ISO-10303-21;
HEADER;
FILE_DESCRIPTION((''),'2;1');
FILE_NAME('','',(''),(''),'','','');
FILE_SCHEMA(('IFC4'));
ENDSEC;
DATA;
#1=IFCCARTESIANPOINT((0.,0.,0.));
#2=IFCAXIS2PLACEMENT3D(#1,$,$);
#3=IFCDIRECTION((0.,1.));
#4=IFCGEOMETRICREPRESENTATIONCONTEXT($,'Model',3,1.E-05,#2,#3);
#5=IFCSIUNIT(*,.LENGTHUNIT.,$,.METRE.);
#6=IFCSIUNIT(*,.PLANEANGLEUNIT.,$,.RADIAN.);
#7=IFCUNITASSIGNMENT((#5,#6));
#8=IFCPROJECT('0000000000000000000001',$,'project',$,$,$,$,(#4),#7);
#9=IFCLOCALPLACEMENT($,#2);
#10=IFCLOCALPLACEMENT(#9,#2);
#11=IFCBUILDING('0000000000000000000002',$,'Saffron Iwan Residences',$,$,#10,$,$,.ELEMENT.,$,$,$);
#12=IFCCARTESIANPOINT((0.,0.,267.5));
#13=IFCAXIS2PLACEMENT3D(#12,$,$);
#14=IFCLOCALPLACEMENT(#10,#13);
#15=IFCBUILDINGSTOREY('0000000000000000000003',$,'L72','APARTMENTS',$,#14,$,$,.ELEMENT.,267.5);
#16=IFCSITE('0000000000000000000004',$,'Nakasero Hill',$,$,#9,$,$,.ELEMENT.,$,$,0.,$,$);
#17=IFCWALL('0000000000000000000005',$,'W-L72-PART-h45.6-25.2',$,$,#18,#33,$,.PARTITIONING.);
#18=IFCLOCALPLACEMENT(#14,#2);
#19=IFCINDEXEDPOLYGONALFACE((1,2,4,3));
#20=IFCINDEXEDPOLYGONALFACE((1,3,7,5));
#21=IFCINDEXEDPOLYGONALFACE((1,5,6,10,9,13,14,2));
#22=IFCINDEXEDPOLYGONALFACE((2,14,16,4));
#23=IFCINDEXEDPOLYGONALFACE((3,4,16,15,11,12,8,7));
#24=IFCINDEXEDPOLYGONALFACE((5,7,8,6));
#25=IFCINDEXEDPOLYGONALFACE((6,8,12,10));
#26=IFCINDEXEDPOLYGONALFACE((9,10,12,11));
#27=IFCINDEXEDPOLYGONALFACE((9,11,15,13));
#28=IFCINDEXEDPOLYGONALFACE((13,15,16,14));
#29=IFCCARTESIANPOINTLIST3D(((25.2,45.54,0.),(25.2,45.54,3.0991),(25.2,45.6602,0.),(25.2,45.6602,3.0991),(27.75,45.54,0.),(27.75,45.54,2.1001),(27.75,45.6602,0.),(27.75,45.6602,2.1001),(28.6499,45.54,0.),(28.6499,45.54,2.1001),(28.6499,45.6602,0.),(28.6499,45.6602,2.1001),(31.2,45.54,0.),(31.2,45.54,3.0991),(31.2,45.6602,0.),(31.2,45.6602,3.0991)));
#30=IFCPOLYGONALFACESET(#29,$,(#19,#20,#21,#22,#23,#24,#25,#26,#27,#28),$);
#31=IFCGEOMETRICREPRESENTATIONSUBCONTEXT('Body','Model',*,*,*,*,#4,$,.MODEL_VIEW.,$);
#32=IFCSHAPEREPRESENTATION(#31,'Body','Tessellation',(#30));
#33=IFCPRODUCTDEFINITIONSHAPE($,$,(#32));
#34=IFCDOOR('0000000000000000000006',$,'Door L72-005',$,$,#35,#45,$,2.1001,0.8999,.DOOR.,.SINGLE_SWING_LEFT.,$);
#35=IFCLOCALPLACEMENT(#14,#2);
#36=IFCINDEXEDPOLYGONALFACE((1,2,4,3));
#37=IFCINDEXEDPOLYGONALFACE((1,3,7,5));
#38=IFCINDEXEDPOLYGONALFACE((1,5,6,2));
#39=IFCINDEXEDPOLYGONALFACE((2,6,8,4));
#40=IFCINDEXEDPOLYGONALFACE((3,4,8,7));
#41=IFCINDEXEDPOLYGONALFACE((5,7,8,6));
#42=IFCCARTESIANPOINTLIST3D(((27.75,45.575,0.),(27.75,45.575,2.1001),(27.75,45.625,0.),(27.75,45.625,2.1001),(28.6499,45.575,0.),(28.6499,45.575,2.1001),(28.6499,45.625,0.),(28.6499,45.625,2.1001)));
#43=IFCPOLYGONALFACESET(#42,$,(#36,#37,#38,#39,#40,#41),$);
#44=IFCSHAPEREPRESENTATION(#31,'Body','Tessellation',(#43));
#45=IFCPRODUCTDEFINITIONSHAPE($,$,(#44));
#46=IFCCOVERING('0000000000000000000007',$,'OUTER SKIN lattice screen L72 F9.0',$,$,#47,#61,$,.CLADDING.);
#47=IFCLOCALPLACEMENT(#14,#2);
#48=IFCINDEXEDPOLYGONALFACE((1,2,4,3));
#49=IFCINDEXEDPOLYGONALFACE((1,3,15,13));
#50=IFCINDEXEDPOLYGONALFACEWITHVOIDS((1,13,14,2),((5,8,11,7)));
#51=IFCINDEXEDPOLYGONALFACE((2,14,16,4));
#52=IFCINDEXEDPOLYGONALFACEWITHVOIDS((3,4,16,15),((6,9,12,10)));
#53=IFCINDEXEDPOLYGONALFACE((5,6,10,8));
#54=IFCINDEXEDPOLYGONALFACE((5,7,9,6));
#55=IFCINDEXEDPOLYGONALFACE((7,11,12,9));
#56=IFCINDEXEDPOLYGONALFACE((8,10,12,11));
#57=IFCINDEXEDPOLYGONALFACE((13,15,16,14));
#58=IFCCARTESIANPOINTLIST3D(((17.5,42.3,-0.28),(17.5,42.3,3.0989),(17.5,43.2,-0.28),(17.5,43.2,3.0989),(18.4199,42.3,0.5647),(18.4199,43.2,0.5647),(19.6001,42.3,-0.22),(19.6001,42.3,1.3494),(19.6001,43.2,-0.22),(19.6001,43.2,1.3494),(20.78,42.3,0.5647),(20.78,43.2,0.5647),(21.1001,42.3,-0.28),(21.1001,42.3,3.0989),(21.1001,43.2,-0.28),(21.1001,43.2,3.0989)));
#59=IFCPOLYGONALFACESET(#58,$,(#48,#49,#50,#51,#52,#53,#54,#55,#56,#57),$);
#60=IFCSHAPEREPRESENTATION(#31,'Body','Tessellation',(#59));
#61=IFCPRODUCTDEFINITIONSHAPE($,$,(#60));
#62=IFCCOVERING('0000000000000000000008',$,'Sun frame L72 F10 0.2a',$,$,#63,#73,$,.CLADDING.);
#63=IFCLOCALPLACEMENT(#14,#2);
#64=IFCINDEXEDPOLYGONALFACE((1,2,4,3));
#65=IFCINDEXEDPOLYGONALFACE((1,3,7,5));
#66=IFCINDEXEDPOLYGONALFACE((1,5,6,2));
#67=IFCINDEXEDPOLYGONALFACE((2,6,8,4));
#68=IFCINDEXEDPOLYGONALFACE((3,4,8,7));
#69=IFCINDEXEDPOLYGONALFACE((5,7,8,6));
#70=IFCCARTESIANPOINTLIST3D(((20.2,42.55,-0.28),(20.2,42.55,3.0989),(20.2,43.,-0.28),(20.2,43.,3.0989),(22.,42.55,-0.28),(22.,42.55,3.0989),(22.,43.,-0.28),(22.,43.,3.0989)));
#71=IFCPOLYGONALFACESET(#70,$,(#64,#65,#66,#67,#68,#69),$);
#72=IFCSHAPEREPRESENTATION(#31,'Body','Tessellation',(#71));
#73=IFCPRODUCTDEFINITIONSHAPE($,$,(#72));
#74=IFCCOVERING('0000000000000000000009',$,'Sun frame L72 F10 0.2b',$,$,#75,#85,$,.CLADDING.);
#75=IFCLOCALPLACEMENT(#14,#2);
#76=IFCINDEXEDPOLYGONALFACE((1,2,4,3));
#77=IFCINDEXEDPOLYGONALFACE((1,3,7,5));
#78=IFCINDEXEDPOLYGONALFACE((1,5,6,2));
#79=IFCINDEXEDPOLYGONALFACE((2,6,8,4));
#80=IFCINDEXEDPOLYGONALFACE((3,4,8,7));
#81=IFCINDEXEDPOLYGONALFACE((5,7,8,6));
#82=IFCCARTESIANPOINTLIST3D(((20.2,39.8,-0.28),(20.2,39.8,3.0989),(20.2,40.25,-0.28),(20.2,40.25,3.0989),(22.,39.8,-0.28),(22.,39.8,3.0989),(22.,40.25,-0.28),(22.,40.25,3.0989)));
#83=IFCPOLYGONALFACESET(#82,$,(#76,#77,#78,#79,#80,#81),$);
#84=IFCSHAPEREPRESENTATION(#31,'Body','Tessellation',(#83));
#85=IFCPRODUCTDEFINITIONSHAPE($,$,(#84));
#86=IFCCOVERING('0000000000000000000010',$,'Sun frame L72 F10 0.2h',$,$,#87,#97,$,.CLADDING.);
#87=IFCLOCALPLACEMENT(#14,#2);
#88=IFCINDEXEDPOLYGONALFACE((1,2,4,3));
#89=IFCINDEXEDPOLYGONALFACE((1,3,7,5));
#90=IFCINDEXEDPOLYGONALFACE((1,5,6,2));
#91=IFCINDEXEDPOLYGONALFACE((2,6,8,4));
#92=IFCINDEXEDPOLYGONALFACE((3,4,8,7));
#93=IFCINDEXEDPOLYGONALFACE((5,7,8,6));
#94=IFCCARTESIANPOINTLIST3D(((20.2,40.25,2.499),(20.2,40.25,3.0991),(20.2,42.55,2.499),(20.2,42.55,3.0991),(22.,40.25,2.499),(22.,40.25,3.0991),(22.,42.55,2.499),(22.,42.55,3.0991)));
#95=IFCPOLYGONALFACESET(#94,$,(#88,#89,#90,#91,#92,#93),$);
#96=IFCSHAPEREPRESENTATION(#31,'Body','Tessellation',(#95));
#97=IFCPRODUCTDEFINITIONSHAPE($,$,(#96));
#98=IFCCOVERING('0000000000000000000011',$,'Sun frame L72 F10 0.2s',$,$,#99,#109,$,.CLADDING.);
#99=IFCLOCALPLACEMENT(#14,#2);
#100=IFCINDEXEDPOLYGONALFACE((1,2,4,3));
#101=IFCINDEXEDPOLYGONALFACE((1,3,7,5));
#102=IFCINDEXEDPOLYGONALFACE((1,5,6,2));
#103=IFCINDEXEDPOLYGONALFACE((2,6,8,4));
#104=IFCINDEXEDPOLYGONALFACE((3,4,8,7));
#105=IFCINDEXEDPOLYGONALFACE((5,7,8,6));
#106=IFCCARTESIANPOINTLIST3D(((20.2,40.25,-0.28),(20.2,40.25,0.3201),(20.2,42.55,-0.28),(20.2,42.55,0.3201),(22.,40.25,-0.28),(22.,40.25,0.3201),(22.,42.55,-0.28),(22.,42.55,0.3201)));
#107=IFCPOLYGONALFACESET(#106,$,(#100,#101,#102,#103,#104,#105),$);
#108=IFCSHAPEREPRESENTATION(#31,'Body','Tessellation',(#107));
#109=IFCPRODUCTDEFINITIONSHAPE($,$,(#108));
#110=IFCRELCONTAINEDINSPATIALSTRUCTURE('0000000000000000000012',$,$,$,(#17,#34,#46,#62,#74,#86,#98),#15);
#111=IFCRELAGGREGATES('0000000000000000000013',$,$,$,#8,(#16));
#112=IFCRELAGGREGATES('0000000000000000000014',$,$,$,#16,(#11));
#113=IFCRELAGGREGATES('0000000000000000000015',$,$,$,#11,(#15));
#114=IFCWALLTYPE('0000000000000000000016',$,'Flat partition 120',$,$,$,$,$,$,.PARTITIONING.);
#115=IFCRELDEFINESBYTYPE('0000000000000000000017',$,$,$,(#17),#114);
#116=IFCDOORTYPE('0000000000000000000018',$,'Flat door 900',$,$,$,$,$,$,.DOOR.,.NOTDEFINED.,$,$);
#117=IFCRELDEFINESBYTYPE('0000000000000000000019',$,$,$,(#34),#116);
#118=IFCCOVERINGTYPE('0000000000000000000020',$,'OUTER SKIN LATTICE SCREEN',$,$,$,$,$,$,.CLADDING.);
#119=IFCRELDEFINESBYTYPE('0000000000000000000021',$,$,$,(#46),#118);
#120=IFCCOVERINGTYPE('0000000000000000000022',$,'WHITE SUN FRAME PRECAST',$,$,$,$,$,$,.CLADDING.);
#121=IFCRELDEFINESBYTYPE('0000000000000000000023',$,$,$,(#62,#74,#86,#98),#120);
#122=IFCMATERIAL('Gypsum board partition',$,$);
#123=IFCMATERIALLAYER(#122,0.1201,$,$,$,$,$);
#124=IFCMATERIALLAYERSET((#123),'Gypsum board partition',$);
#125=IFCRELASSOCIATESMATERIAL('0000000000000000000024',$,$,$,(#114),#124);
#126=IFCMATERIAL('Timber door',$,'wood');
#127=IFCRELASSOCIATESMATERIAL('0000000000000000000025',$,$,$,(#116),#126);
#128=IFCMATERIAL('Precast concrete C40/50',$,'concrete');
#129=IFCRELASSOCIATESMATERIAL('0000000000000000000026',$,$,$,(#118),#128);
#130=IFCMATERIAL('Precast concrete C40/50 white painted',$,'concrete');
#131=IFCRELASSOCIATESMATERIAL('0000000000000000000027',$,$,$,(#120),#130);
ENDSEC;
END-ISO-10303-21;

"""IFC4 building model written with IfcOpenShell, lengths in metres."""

from ifc_helpers import new_model, si_unit, direction, frame, frame_2d, origin, place, context, subcontext, project, spatial, polyline, rectangle, outline, extrude, material, layer, layer_set, type_object, element, fill, save


model = new_model("IFC4")

# Units and contexts
model_context = context("Model", 3, precision=1e-05, world=origin(), true_north=direction((0.0, 1.0)))
body_context = subcontext(model_context, "Body", "Model", "MODEL_VIEW")
ifc_project = project(units=[si_unit("LENGTHUNIT", "METRE"), si_unit("PLANEANGLEUNIT", "RADIAN")], contexts=[model_context])

# Site, building, storey
site_placement = place(None, origin())
site = spatial("IfcSite", under=ifc_project, at=site_placement, Name="Nakasero Hill", CompositionType="ELEMENT", RefElevation=0.0)
building_placement = place(site_placement, origin())
building = spatial("IfcBuilding", under=site, at=building_placement, Name="Saffron Iwan Residences", CompositionType="ELEMENT")
storey_placement = place(building_placement, frame((0.0, 0.0, 267.5)))
storey = spatial("IfcBuildingStorey", under=building, at=storey_placement, Name="L72", Description="APARTMENTS", CompositionType="ELEMENT", Elevation=267.5)

# Shared definitions
ifc_material_1 = material(Name="Gypsum board partition")
ifc_layer_1 = layer(ifc_material_1, 0.1201)
ifc_layer_set_1 = layer_set([ifc_layer_1], Name="Gypsum board partition")
wall_type_1 = type_object("IfcWallType", Name="Flat partition 120", PredefinedType="PARTITIONING", material=ifc_layer_set_1)
ifc_material_2 = material(Name="Timber door", Category="wood")
door_type = type_object("IfcDoorType", Name="Flat door 900", OperationType="NOTDEFINED", PredefinedType="DOOR", material=ifc_material_2)

# Wall, opening, door
wall_1_placement = place(storey_placement, frame((25.2, 45.6001, 0.0), z_axis=(0.0, 0.0, 1.0), x_axis=(1.0, 0.0, 0.0)))
wall_1 = element("IfcWall", 1, at=wall_1_placement, inside=storey, type_object=wall_type_1, Name="W-L72-PART-h45.6-25.2", PredefinedType="PARTITIONING", context=body_context, shape_type="SweptSolid", body=[
    extrude(rectangle(XDim=6.0, YDim=0.1201, at=frame_2d((3.0, 0.0))), origin(), (0.0, 0.0, 1.0), 3.0991),
])
opening_1_placement = place(wall_1_placement, frame((2.55, 0.0, 0.0)))
opening_1 = element("IfcOpeningElement", 2, at=opening_1_placement, cuts=wall_1, PredefinedType="OPENING", context=body_context, shape_type="SweptSolid", body=[
    extrude(rectangle(XDim=0.8999, YDim=2.1001, at=frame_2d((0.45, 1.05))), frame((0.0, 0.0701, 0.0), z_axis=(0.0, -1.0, 0.0), x_axis=(1.0, 0.0, 0.0)), (0.0, 0.0, 1.0), 0.1401),
])
door_1_placement = place(opening_1_placement, origin())
door_1 = element("IfcDoor", 3, at=door_1_placement, inside=storey, type_object=door_type, Name="Door L72-005", OperationType="SINGLE_SWING_LEFT", OverallHeight=2.1001, OverallWidth=0.8999, PredefinedType="DOOR", context=body_context, shape_type="SweptSolid", body=[
    extrude(rectangle(XDim=0.8999, YDim=2.1001, at=frame_2d((0.45, 1.05))), frame((0.0, 0.0249, 0.0), z_axis=(0.0, -1.0, 0.0), x_axis=(1.0, 0.0, 0.0)), (0.0, 0.0, 1.0), 0.05),
])
fill(opening_1, door_1)

# Coverings
ifc_material_3 = material(Name="Precast concrete C40/50", Category="concrete")
covering_type_1 = type_object("IfcCoveringType", Name="OUTER SKIN LATTICE SCREEN", PredefinedType="CLADDING", material=ifc_material_3)
covering_placement = place(storey_placement, frame((17.5, 43.2, -0.28), z_axis=(0.0, -1.0, 0.0), x_axis=(1.0, 0.0, 0.0)))
element("IfcCovering", 4, at=covering_placement, inside=storey, type_object=covering_type_1, Name="OUTER SKIN lattice screen L72 F9.0", PredefinedType="CLADDING", context=body_context, shape_type="SweptSolid", body=[
    extrude(outline(polyline([(0.0, 0.0), (3.6001, 0.0), (3.6001, 3.3789), (0.0, 3.3789), (0.0, 0.0)]), holes=[polyline([(0.9199, 0.8447), (2.1001, 0.0601), (3.28, 0.8447), (2.1001, 1.6294), (0.9199, 0.8447)])]), origin(), (0.0, 0.0, 1.0), 0.8999),
])
ifc_material_4 = material(Name="Precast concrete C40/50 white painted", Category="concrete")
covering_type_2 = type_object("IfcCoveringType", Name="WHITE SUN FRAME PRECAST", PredefinedType="CLADDING", material=ifc_material_4)
for number, where, z_axis, x_axis, name in (
    (5, (22.0, 43.0, -0.28), (-1.0, 0.0, 0.0), (0.0, -1.0, 0.0), "Sun frame L72 F10 0.2a"),
    (6, (22.0, 40.25, -0.28), (-1.0, 0.0, 0.0), (0.0, -1.0, 0.0), "Sun frame L72 F10 0.2b"),
):
    element("IfcCovering", number, at=place(storey_placement, frame(where, z_axis=z_axis, x_axis=x_axis)), inside=storey, type_object=covering_type_2, Name=name, PredefinedType="CLADDING", context=body_context, shape_type="SweptSolid", body=[
        extrude(outline(polyline([(0.0, 0.0), (0.45, 0.0), (0.45, 3.3789), (0.0, 3.3789), (0.0, 0.0)])), origin(), (0.0, 0.0, 1.0), 1.8),
    ])
for number, where, z_axis, x_axis, name in (
    (7, (22.0, 42.55, 2.499), (-1.0, 0.0, 0.0), (0.0, -1.0, 0.0), "Sun frame L72 F10 0.2h"),
    (8, (22.0, 42.55, -0.28), (-1.0, 0.0, 0.0), (0.0, -1.0, 0.0), "Sun frame L72 F10 0.2s"),
):
    element("IfcCovering", number, at=place(storey_placement, frame(where, z_axis=z_axis, x_axis=x_axis)), inside=storey, type_object=covering_type_2, Name=name, PredefinedType="CLADDING", context=body_context, shape_type="SweptSolid", body=[
        extrude(outline(polyline([(0.0, 0.0), (2.3, 0.0), (2.3, 0.6001), (0.0, 0.6001), (0.0, 0.0)])), origin(), (0.0, 0.0, 1.0), 1.8),
    ])

save(model, "model.ifc")
